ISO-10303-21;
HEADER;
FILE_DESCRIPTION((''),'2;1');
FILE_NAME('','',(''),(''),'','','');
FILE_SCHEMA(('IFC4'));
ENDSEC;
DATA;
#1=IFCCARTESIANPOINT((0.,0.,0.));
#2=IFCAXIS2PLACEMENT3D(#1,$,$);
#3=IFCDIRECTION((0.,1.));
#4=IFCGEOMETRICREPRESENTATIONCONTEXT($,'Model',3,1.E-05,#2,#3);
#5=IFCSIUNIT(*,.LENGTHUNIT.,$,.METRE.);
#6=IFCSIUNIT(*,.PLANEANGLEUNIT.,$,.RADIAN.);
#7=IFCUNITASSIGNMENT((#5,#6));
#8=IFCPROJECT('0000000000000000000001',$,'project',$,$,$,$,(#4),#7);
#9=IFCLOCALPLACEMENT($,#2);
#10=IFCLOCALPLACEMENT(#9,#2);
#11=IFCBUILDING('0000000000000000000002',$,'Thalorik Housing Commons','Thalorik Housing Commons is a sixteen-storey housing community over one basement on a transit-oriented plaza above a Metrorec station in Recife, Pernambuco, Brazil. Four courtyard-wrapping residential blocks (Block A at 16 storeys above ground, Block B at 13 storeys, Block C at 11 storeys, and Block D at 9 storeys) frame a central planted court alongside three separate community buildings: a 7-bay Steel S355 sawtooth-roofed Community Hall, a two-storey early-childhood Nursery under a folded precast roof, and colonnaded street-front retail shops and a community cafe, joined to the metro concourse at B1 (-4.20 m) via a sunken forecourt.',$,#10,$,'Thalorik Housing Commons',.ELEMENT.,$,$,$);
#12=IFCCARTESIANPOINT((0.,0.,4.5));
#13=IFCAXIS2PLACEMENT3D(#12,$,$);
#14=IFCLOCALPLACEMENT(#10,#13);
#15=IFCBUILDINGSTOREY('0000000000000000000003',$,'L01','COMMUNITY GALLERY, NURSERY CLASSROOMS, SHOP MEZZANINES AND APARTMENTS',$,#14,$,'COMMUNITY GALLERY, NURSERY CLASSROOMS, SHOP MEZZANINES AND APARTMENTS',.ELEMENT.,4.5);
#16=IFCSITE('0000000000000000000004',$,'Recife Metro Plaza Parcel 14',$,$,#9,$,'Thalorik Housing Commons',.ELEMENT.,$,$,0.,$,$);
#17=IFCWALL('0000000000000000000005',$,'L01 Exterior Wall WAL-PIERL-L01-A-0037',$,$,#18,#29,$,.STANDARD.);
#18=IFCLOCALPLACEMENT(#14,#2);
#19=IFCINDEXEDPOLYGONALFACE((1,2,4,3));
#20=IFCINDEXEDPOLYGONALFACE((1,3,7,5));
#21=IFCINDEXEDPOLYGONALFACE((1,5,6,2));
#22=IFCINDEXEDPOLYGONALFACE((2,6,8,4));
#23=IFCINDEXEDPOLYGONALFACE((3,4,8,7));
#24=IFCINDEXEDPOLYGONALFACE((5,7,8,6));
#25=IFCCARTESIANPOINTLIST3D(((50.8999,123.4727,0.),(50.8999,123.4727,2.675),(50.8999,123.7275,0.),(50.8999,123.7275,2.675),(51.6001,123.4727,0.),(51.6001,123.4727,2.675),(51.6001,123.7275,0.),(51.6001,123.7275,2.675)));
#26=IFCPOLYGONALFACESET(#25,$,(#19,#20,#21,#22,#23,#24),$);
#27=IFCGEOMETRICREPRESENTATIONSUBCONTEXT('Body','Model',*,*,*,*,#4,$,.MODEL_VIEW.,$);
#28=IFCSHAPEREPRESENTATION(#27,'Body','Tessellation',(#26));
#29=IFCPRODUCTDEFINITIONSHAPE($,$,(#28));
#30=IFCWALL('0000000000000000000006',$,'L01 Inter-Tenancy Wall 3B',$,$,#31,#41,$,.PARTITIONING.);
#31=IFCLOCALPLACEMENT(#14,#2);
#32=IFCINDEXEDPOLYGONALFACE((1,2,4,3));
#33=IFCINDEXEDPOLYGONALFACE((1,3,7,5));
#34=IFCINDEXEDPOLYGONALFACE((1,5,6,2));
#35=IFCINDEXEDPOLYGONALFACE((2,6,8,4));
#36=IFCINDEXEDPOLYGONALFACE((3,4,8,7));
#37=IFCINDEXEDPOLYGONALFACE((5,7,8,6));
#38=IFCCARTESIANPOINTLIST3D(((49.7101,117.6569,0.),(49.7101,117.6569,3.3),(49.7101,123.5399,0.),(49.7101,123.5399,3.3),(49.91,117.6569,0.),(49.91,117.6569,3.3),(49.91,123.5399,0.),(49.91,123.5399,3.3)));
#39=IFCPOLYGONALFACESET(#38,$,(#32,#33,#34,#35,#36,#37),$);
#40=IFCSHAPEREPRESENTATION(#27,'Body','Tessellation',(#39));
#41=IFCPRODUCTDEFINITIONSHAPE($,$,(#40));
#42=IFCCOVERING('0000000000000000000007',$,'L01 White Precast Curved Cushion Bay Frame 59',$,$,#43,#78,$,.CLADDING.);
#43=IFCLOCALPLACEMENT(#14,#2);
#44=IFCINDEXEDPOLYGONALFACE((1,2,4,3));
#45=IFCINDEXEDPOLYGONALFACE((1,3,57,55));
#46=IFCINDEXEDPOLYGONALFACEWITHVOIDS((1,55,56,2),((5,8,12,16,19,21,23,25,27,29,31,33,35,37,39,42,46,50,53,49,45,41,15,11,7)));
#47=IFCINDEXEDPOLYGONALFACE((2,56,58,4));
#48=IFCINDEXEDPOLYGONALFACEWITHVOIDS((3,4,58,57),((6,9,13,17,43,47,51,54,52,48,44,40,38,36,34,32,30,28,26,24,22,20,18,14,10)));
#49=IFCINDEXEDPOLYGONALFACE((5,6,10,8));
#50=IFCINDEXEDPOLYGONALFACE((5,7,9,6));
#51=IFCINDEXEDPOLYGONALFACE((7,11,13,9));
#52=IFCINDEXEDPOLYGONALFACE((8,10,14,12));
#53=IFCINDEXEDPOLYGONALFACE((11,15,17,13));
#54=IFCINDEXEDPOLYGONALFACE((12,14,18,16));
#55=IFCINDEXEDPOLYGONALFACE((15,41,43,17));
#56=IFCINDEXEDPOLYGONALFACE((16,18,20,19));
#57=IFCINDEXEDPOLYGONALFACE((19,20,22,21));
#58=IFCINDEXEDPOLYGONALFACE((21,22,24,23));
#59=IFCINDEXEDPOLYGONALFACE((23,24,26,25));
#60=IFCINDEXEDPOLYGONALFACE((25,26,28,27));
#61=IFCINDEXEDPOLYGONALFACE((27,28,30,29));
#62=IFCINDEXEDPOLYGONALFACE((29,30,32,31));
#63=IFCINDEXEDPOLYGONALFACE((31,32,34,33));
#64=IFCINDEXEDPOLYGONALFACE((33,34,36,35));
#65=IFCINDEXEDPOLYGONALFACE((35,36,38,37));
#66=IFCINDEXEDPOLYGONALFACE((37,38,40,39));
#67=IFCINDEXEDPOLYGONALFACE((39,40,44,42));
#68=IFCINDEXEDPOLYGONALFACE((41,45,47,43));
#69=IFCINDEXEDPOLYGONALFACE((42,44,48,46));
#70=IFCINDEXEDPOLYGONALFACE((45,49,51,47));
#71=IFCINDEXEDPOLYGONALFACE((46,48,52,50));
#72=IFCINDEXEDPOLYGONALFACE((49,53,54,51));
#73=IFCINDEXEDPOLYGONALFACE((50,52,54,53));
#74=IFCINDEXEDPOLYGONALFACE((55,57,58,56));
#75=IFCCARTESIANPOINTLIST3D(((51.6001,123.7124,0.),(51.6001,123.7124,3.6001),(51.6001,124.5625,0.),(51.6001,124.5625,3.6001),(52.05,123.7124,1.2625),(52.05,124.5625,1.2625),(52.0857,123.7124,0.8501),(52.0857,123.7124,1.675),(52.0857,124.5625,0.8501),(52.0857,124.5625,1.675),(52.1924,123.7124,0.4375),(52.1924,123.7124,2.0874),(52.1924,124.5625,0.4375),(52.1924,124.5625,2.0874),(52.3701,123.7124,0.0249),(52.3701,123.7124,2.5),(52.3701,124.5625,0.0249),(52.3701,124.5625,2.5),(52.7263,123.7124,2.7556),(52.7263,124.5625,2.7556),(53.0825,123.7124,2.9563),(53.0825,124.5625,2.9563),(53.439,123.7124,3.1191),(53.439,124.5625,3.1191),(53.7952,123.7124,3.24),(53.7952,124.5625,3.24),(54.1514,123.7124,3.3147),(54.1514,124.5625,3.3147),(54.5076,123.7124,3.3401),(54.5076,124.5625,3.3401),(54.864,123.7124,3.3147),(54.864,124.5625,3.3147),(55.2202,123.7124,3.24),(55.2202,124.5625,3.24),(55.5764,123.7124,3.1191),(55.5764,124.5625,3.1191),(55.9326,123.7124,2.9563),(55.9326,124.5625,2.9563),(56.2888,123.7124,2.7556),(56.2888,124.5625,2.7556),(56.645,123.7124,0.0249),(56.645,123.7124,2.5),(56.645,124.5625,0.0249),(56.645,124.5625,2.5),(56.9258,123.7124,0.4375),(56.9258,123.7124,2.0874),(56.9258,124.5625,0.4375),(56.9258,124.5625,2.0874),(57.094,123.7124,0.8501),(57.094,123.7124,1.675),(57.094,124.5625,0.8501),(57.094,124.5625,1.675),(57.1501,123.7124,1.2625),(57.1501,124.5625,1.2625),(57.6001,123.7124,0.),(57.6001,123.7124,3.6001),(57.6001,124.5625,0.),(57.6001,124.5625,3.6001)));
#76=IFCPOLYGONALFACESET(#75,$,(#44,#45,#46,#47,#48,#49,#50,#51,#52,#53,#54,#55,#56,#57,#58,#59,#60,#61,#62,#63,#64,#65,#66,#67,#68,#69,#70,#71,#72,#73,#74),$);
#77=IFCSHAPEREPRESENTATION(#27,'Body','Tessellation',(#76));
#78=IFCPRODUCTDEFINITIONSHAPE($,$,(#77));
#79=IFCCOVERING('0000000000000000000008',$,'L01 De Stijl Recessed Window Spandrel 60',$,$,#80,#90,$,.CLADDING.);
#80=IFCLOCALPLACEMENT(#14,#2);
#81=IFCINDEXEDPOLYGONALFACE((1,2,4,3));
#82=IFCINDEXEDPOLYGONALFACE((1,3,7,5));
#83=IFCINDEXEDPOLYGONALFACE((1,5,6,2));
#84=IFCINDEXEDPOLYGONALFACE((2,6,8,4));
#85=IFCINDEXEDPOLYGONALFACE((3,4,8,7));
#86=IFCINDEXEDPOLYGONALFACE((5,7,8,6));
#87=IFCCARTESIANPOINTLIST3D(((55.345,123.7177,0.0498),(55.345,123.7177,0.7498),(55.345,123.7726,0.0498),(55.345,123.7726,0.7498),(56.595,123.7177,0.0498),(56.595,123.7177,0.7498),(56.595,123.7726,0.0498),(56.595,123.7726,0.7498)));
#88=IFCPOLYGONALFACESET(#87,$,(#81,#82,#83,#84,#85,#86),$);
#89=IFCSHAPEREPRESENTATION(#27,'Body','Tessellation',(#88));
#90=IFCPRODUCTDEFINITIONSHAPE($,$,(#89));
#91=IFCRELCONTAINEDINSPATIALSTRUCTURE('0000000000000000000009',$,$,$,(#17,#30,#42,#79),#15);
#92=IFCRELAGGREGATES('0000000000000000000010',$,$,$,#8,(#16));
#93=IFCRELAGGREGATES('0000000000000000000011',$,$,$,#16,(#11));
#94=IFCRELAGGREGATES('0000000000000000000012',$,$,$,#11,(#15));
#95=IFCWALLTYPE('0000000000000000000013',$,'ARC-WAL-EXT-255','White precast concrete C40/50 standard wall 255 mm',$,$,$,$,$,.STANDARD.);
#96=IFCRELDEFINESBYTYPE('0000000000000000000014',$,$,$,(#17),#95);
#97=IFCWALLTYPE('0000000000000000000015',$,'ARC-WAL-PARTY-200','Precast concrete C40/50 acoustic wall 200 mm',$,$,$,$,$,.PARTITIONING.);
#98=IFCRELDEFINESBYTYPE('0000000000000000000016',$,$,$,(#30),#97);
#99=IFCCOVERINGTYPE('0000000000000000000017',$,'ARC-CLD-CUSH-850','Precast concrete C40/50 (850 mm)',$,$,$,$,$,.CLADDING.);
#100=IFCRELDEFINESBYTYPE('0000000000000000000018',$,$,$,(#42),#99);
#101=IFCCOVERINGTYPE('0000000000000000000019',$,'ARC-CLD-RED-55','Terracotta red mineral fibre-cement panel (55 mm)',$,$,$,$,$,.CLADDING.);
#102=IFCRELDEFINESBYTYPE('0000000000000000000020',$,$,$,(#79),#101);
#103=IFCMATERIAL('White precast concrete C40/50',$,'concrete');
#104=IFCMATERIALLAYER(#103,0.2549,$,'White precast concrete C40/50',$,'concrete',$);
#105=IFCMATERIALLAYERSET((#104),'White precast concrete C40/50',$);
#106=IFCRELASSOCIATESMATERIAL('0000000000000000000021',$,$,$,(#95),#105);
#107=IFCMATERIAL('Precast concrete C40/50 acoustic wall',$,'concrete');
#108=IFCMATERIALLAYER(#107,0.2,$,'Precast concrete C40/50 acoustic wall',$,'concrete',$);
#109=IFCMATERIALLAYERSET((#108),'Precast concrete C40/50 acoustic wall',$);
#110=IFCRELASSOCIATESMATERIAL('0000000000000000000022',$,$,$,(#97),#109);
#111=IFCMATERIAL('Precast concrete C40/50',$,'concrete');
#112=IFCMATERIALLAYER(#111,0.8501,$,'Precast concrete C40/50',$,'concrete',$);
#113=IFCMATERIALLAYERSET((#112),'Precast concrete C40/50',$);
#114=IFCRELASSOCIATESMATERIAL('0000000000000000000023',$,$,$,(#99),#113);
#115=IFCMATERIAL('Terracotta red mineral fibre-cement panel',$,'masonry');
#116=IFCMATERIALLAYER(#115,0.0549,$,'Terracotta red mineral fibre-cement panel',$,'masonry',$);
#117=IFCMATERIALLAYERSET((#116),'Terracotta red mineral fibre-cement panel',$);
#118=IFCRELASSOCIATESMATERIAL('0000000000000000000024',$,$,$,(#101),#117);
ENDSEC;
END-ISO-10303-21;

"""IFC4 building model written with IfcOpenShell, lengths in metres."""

from ifc_helpers import new_model, si_unit, direction, frame, frame_2d, origin, origin_2d, place, context, subcontext, project, spatial, polyline, rectangle, outline, extrude, material, layer, layer_set, type_object, element, save


model = new_model("IFC4")

# Units and contexts
model_context = context("Model", 3, precision=1e-05, world=origin(), true_north=direction((0.0, 1.0)))
body_context = subcontext(model_context, "Body", "Model", "MODEL_VIEW")
ifc_project = project(units=[si_unit("LENGTHUNIT", "METRE"), si_unit("PLANEANGLEUNIT", "RADIAN")], contexts=[model_context])

# Site, building, storey
site_placement = place(None, origin())
site = spatial("IfcSite", under=ifc_project, at=site_placement, Name="Recife Metro Plaza Parcel 14", LongName="Thalorik Housing Commons", CompositionType="ELEMENT", RefElevation=0.0)
building_placement = place(site_placement, origin())
building = spatial("IfcBuilding", under=site, at=building_placement, Name="Thalorik Housing Commons", Description="Thalorik Housing Commons is a sixteen-storey housing community over one basement on a transit-oriented plaza above a Metrorec station in Recife, Pernambuco, Brazil. Four courtyard-wrapping residential blocks (Block A at 16 storeys above ground, Block B at 13 storeys, Block C at 11 storeys, and Block D at 9 storeys) frame a central planted court alongside three separate community buildings: a 7-bay Steel S355 sawtooth-roofed Community Hall, a two-storey early-childhood Nursery under a folded precast roof, and colonnaded street-front retail shops and a community cafe, joined to the metro concourse at B1 (-4.20 m) via a sunken forecourt.", LongName="Thalorik Housing Commons", CompositionType="ELEMENT")
storey_placement = place(building_placement, frame((0.0, 0.0, 4.5)))
storey = spatial("IfcBuildingStorey", under=building, at=storey_placement, Name="L01", Description="COMMUNITY GALLERY, NURSERY CLASSROOMS, SHOP MEZZANINES AND APARTMENTS", LongName="COMMUNITY GALLERY, NURSERY CLASSROOMS, SHOP MEZZANINES AND APARTMENTS", CompositionType="ELEMENT", Elevation=4.5)

# Shared definitions
ifc_material_1 = material(Name="Precast concrete C40/50", Category="concrete")

# Walls
ifc_material_2 = material(Name="White precast concrete C40/50", Category="concrete")
ifc_layer_1 = layer(ifc_material_2, 0.2549, Name="White precast concrete C40/50", Category="concrete")
ifc_layer_set_1 = layer_set([ifc_layer_1], Name="White precast concrete C40/50")
wall_type_1 = type_object("IfcWallType", Name="ARC-WAL-EXT-255", Description="White precast concrete C40/50 standard wall 255 mm", PredefinedType="STANDARD", material=ifc_layer_set_1)
wall_1_placement = place(storey_placement, frame((51.6001, 123.6001, 0.0), z_axis=(0.0, 0.0, 1.0), x_axis=(-1.0, 0.0, 0.0)))
element("IfcWall", 1, at=wall_1_placement, inside=storey, type_object=wall_type_1, Name="L01 Exterior Wall WAL-PIERL-L01-A-0037", PredefinedType="STANDARD", context=body_context, shape_type="SweptSolid", body=[
    extrude(rectangle(XDim=0.7002, YDim=0.2549, at=frame_2d((0.3501, 0.0))), origin(), (0.0, 0.0, 1.0), 2.675),
])
ifc_material_3 = material(Name="Precast concrete C40/50 acoustic wall", Category="concrete")
ifc_layer_2 = layer(ifc_material_3, 0.2, Name="Precast concrete C40/50 acoustic wall", Category="concrete")
ifc_layer_set_2 = layer_set([ifc_layer_2], Name="Precast concrete C40/50 acoustic wall")
wall_type_2 = type_object("IfcWallType", Name="ARC-WAL-PARTY-200", Description="Precast concrete C40/50 acoustic wall 200 mm", PredefinedType="PARTITIONING", material=ifc_layer_set_2)
wall_2_placement = place(storey_placement, frame((49.8101, 117.657, 0.0), z_axis=(0.0, 0.0, 1.0), x_axis=(0.0, 1.0, 0.0)))
element("IfcWall", 2, at=wall_2_placement, inside=storey, type_object=wall_type_2, Name="L01 Inter-Tenancy Wall 3B", PredefinedType="PARTITIONING", context=body_context, shape_type="SweptSolid", body=[
    extrude(rectangle(XDim=5.8831, YDim=0.2, at=frame_2d((2.9414, 0.0))), origin(), (0.0, 0.0, 1.0), 3.3),
])

# Coverings
ifc_layer_3 = layer(ifc_material_1, 0.8501, Name="Precast concrete C40/50", Category="concrete")
ifc_layer_set_3 = layer_set([ifc_layer_3], Name="Precast concrete C40/50")
covering_type_1 = type_object("IfcCoveringType", Name="ARC-CLD-CUSH-850", Description="Precast concrete C40/50 (850 mm)", PredefinedType="CLADDING", material=ifc_layer_set_3)
covering_1_placement = place(storey_placement, frame((54.6001, 124.1375, 0.0), z_axis=(0.0, 0.0, 1.0), x_axis=(-1.0, 0.0, 0.0)))
element("IfcCovering", 3, at=covering_1_placement, inside=storey, type_object=covering_type_1, Name="L01 White Precast Curved Cushion Bay Frame 59", PredefinedType="CLADDING", context=body_context, shape_type="SweptSolid", body=[
    extrude(outline(polyline([(-3.0, 0.0), (3.0, 0.0), (3.0, 3.6001), (-3.0, 3.6001), (-3.0, 0.0)]), holes=[polyline([(2.23, 0.0249), (2.4077, 0.4375), (2.5144, 0.8501), (2.55, 1.2625), (2.5144, 1.675), (2.4077, 2.0874), (2.23, 2.5), (1.8738, 2.7556), (1.5176, 2.9563), (1.1611, 3.1191), (0.8049, 3.24), (0.4487, 3.3147), (0.0925, 3.3401), (-0.2639, 3.3147), (-0.6201, 3.24), (-0.9763, 3.1191), (-1.3325, 2.9563), (-1.6887, 2.7556), (-2.0449, 2.5), (-2.3257, 2.0874), (-2.4939, 1.675), (-2.55, 1.2625), (-2.4939, 0.8501), (-2.3257, 0.4375), (-2.0449, 0.0249), (2.23, 0.0249)])]), frame((0.0, 0.425, 0.0), z_axis=(0.0, -1.0, 0.0), x_axis=(1.0, 0.0, 0.0)), (0.0, 0.0, 1.0), 0.8501),
])
ifc_material_4 = material(Name="Terracotta red mineral fibre-cement panel", Category="masonry")
ifc_layer_4 = layer(ifc_material_4, 0.0549, Name="Terracotta red mineral fibre-cement panel", Category="masonry")
ifc_layer_set_4 = layer_set([ifc_layer_4], Name="Terracotta red mineral fibre-cement panel")
covering_type_2 = type_object("IfcCoveringType", Name="ARC-CLD-RED-55", Description="Terracotta red mineral fibre-cement panel (55 mm)", PredefinedType="CLADDING", material=ifc_layer_set_4)
covering_2_placement = place(storey_placement, frame((55.97, 123.7451, 0.0498), z_axis=(0.0, 0.0, 1.0), x_axis=(-1.0, 0.0, 0.0)))
element("IfcCovering", 4, at=covering_2_placement, inside=storey, type_object=covering_type_2, Name="L01 De Stijl Recessed Window Spandrel 60", PredefinedType="CLADDING", context=body_context, shape_type="SweptSolid", body=[
    extrude(rectangle(XDim=1.25, YDim=0.0549, at=origin_2d()), origin(), (0.0, 0.0, 1.0), 0.7),
])

save(model, "model.ifc")
